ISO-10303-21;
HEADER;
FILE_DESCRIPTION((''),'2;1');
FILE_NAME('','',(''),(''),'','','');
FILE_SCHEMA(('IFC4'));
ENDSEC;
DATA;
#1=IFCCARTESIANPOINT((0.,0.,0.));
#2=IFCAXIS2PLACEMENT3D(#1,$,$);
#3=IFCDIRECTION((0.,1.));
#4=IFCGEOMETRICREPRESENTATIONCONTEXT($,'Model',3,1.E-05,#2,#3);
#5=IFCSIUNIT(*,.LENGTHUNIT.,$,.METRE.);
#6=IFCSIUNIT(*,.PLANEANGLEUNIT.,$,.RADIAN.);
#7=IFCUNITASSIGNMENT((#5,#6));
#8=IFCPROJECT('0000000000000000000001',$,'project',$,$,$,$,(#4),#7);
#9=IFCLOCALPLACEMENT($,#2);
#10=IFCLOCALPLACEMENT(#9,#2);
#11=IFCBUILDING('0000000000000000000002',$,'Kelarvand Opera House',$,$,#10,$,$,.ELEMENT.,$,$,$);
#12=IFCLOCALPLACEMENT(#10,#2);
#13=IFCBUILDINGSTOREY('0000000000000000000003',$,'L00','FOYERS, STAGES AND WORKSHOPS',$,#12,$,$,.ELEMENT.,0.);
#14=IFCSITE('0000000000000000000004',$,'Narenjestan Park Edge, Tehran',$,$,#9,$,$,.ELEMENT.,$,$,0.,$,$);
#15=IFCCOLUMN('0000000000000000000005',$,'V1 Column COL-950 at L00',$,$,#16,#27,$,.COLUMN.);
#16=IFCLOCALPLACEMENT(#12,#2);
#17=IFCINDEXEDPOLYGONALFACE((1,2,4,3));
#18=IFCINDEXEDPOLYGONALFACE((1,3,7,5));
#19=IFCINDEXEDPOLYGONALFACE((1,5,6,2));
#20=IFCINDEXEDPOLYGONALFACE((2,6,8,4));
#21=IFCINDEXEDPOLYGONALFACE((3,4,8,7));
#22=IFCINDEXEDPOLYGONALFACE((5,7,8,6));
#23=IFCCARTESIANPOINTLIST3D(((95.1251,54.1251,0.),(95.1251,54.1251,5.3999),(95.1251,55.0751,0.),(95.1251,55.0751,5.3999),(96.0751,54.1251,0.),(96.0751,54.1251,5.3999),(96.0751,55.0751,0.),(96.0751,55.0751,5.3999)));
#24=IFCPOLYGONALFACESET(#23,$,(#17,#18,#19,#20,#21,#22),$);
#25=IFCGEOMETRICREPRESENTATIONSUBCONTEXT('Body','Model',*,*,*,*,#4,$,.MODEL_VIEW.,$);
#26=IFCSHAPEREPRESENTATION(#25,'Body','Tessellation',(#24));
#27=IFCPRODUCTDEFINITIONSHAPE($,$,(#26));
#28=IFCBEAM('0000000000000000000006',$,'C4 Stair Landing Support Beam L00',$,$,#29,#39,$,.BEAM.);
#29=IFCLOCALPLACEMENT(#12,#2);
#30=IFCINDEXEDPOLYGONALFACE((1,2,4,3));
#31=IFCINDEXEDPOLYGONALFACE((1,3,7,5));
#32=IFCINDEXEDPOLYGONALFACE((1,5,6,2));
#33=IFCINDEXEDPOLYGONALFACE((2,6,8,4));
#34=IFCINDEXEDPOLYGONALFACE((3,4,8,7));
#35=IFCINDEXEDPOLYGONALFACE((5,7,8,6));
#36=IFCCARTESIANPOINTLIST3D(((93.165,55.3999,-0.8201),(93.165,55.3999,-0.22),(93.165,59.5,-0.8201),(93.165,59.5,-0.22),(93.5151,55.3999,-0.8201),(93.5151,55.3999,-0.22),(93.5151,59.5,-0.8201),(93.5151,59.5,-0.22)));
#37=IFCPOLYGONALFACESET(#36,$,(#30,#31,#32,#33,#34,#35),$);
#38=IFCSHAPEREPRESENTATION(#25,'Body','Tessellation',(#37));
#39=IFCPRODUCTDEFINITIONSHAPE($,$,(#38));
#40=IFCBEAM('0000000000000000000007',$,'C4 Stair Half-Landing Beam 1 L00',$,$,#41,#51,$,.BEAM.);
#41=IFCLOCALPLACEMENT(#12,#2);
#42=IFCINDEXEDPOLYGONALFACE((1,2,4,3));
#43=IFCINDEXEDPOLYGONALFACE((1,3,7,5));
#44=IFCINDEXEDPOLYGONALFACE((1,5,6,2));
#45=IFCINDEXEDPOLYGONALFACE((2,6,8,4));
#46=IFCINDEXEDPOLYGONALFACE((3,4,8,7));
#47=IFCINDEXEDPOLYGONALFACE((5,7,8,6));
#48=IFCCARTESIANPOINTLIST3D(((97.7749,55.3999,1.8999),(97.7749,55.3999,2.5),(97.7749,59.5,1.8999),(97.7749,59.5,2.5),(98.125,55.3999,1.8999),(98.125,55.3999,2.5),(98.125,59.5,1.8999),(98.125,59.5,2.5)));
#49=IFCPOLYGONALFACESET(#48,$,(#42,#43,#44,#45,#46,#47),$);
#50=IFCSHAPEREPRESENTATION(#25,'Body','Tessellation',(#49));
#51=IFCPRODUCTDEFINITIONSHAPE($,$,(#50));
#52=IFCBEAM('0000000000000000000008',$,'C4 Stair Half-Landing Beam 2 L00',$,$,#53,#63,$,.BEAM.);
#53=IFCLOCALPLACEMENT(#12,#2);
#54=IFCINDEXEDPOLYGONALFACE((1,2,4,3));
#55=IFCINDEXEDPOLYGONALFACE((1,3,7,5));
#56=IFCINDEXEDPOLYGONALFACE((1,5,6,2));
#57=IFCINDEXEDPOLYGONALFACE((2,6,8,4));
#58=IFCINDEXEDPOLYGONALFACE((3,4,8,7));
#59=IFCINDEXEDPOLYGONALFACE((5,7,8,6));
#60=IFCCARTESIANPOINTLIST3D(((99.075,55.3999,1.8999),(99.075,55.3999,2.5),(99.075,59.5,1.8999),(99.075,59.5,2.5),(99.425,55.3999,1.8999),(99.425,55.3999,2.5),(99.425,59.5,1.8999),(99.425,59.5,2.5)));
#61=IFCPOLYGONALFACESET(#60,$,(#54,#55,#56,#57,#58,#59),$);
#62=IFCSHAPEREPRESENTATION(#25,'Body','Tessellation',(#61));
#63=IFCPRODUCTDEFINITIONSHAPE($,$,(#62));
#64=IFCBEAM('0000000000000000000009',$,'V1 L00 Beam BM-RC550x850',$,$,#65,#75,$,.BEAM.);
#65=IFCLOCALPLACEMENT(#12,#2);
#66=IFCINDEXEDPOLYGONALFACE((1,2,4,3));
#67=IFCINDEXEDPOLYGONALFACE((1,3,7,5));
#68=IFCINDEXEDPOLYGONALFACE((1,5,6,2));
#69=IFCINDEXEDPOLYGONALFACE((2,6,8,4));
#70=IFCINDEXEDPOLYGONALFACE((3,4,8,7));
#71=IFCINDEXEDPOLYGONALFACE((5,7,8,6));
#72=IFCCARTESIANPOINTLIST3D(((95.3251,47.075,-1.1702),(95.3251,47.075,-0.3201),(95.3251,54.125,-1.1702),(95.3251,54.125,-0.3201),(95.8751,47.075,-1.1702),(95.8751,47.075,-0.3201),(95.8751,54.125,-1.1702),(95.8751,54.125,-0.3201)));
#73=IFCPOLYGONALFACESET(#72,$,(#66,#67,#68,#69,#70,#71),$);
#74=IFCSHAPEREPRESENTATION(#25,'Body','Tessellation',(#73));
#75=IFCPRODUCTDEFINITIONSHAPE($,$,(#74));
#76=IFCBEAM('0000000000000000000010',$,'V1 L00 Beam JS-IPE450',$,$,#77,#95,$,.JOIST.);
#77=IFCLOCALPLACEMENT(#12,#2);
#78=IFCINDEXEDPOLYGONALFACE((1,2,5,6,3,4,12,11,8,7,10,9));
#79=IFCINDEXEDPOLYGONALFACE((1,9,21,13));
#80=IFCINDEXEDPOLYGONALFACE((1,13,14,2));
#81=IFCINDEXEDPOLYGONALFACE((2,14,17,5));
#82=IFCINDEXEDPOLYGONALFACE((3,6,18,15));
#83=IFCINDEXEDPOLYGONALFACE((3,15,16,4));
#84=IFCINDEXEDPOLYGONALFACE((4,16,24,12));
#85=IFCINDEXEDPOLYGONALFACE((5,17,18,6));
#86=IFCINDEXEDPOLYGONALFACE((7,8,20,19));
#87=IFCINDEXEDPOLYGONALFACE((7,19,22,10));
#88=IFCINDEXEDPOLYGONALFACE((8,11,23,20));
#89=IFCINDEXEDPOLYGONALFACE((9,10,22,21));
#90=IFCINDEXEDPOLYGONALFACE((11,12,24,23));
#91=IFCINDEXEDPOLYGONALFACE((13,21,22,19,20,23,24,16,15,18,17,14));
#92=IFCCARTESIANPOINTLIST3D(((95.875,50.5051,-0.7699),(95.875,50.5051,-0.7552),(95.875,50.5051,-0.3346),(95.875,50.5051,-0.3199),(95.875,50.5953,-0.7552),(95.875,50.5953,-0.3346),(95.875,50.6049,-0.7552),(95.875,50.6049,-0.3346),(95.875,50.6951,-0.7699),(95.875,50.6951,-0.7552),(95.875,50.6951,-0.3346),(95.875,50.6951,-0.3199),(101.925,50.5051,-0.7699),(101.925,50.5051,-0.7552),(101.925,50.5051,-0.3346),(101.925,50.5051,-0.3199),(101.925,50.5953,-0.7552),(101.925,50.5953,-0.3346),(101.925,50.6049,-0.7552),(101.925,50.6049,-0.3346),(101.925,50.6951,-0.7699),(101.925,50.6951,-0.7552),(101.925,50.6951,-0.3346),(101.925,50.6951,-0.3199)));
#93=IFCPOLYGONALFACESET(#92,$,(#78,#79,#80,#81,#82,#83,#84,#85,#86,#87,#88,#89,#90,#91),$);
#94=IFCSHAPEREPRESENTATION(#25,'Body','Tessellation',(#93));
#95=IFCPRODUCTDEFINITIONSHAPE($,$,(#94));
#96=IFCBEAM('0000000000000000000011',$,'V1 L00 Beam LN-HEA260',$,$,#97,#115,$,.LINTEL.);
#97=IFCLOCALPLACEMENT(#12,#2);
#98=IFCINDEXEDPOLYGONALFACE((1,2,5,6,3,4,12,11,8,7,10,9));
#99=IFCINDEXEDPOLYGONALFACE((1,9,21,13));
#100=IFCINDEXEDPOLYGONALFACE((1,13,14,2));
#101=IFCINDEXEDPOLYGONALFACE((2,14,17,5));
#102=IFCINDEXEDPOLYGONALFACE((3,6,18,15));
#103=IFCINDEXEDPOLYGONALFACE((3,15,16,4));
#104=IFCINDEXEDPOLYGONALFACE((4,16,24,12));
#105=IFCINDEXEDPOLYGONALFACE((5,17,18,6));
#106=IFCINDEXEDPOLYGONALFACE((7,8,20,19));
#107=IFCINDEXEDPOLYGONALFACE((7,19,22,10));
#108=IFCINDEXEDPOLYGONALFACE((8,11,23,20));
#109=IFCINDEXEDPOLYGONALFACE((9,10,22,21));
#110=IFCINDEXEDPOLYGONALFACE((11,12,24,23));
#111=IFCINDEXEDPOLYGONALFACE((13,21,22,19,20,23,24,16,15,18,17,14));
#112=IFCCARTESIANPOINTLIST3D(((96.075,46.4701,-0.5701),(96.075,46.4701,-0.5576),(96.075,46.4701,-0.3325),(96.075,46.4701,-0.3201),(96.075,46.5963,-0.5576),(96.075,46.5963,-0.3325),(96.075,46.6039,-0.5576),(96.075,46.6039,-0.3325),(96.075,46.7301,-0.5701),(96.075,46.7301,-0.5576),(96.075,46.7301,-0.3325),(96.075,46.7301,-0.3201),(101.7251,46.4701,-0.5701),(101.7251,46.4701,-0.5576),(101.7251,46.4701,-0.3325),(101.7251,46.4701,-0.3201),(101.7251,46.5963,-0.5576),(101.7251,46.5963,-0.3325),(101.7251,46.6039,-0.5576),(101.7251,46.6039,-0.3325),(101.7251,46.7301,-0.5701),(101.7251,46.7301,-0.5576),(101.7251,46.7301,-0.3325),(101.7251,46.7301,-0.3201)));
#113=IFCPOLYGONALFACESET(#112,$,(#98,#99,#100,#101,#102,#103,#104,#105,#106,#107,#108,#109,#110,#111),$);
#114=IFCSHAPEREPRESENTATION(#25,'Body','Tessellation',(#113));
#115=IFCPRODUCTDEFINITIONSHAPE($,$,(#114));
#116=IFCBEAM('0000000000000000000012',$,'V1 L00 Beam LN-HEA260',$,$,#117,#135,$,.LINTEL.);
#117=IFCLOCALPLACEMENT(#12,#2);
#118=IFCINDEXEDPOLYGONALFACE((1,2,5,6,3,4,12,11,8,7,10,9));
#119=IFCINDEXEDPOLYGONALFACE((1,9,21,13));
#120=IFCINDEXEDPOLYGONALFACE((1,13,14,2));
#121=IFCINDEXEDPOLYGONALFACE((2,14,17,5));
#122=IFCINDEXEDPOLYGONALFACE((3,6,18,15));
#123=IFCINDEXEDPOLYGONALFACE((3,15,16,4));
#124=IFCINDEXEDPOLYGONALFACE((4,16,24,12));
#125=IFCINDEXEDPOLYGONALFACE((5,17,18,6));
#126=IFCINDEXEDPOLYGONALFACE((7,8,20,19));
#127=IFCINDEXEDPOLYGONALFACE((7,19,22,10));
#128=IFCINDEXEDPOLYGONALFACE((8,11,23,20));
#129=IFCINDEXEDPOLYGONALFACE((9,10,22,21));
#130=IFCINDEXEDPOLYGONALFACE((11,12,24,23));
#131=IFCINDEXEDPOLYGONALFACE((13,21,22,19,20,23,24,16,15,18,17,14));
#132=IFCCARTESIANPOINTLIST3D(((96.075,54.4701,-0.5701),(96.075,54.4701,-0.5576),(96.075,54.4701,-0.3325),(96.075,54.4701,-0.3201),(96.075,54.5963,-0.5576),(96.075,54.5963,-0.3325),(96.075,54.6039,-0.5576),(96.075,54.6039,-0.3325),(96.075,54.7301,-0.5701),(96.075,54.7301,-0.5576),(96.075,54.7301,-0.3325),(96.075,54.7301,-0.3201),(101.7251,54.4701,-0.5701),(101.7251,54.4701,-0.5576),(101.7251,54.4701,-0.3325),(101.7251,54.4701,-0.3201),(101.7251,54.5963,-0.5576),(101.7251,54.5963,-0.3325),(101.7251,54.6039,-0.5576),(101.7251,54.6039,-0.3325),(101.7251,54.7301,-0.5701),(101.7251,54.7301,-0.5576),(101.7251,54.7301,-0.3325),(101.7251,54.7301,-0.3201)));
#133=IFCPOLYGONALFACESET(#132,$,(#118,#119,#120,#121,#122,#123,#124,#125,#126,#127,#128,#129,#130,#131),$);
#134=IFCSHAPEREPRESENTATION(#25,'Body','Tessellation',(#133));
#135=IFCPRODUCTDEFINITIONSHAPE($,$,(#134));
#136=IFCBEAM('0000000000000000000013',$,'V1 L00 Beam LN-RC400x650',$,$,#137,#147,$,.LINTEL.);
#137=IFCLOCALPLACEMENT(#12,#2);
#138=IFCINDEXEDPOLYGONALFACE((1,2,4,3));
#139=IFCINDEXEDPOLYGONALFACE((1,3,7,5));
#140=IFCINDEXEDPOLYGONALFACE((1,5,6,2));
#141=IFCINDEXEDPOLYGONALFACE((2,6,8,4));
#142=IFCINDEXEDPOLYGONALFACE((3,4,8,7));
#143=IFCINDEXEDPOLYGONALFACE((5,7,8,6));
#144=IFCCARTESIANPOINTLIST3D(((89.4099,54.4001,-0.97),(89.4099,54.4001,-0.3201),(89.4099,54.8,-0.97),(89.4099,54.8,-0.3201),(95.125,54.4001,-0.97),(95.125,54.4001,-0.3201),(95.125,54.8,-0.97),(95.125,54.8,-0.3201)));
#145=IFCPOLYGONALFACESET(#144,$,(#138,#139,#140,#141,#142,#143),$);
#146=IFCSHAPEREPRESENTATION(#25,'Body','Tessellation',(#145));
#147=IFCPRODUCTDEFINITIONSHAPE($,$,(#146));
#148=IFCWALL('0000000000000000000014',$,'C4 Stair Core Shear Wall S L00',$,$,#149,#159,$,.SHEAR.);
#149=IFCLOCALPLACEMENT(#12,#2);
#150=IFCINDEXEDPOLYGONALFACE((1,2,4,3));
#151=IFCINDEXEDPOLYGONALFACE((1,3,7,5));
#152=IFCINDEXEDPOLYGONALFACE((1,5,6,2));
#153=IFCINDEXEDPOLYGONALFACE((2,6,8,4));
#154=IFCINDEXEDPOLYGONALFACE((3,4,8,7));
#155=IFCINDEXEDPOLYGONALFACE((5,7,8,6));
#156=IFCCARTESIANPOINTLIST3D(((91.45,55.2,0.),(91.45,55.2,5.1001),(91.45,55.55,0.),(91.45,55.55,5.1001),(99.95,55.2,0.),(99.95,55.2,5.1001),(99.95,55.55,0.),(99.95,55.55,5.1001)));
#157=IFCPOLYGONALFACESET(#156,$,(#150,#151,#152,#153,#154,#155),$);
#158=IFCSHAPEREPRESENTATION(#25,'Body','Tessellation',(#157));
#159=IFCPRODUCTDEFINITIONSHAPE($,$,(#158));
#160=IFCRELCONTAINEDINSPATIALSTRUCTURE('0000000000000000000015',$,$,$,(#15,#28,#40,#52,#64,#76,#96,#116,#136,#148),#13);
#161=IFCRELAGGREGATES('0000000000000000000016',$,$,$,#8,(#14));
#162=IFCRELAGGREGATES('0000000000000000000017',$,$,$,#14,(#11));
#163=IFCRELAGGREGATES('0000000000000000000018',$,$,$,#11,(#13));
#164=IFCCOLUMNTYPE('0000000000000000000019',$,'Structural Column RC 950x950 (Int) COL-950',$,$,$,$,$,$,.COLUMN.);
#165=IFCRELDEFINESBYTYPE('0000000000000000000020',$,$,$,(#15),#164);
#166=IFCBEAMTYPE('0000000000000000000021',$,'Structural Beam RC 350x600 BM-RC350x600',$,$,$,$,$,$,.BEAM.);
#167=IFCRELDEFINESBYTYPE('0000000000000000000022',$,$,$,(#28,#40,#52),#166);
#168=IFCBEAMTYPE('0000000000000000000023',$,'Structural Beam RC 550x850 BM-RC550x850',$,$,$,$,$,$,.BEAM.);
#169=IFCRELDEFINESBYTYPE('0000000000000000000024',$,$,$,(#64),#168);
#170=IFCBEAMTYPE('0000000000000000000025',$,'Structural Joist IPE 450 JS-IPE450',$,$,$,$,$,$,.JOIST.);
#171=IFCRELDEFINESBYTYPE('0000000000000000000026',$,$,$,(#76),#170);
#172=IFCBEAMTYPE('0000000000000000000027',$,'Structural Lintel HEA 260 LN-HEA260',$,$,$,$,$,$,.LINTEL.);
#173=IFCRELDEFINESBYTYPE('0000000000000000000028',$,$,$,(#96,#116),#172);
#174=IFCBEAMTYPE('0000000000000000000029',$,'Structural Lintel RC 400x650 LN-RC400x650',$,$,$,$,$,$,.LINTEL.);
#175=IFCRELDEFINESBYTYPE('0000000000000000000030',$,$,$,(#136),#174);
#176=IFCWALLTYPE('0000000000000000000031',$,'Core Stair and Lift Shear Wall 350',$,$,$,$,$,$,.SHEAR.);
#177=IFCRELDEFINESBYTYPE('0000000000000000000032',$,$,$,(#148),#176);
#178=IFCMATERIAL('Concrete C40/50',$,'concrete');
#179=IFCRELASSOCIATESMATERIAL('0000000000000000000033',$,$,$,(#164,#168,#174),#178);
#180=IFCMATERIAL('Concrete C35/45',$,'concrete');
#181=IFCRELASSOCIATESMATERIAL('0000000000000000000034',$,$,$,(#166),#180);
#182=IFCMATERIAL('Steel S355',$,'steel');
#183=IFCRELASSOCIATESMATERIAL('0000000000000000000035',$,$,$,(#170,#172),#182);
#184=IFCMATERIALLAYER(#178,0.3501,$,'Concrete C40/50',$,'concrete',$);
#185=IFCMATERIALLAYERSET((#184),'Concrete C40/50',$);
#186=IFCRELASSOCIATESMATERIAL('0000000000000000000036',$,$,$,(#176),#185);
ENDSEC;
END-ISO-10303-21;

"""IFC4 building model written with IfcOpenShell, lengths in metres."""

from ifc_helpers import new_model, si_unit, direction, frame, frame_2d, origin, origin_2d, place, context, subcontext, project, spatial, rectangle, i_section, extrude, material, layer, layer_set, material_profile, profile_set, type_object, element, save


model = new_model("IFC4")

# Units and contexts
model_context = context("Model", 3, precision=1e-05, world=origin(), true_north=direction((0.0, 1.0)))
body_context = subcontext(model_context, "Body", "Model", "MODEL_VIEW")
ifc_project = project(units=[si_unit("LENGTHUNIT", "METRE"), si_unit("PLANEANGLEUNIT", "RADIAN")], contexts=[model_context])

# Site, building, storey
site_placement = place(None, origin())
site = spatial("IfcSite", under=ifc_project, at=site_placement, Name="Narenjestan Park Edge, Tehran", CompositionType="ELEMENT", RefElevation=0.0)
building_placement = place(site_placement, origin())
building = spatial("IfcBuilding", under=site, at=building_placement, Name="Kelarvand Opera House", CompositionType="ELEMENT")
storey_placement = place(building_placement, origin())
storey = spatial("IfcBuildingStorey", under=building, at=storey_placement, Name="L00", Description="FOYERS, STAGES AND WORKSHOPS", CompositionType="ELEMENT", Elevation=0.0)

# Column
ifc_material_1 = material(Name="Concrete C40/50", Category="concrete")
ifc_material_profile_1 = material_profile(ifc_material_1, rectangle(XDim=0.95, YDim=0.95, at=origin_2d()), Name="RC 950x950", Category="concrete")
ifc_profile_set_1 = profile_set([ifc_material_profile_1], Name="Concrete C40/50")
column_type = type_object("IfcColumnType", Name="Structural Column RC 950x950 (Int) COL-950", PredefinedType="COLUMN", material=ifc_profile_set_1)
column_placement = place(storey_placement, frame((95.6001, 54.6001, 0.0), z_axis=(0.0, 0.0, 1.0), x_axis=(1.0, 0.0, 0.0)))
element("IfcColumn", 1, at=column_placement, inside=storey, type_object=column_type, Name="V1 Column COL-950 at L00", PredefinedType="COLUMN", context=body_context, shape_type="SweptSolid", body=[
    extrude(rectangle(XDim=0.95, YDim=0.95, at=origin_2d()), origin(), (0.0, 0.0, 1.0), 5.3999),
])

# Beams
ifc_material_2 = material(Name="Concrete C35/45", Category="concrete")
ifc_material_profile_2 = material_profile(ifc_material_2, rectangle(XDim=0.3501, YDim=0.6001, at=origin_2d()), Name="RC 350x600", Category="concrete")
ifc_profile_set_2 = profile_set([ifc_material_profile_2], Name="Concrete C35/45")
beam_type_1 = type_object("IfcBeamType", Name="Structural Beam RC 350x600 BM-RC350x600", PredefinedType="BEAM", material=ifc_profile_set_2)
for number, where, z_axis, x_axis, name in (
    (2, (93.3401, 55.3999, -0.52), (0.0, 1.0, 0.0), (-1.0, 0.0, 0.0), "C4 Stair Landing Support Beam L00"),
    (3, (97.95, 55.3999, 2.2), (0.0, 1.0, 0.0), (-1.0, 0.0, 0.0), "C4 Stair Half-Landing Beam 1 L00"),
    (4, (99.25, 55.3999, 2.2), (0.0, 1.0, 0.0), (-1.0, 0.0, 0.0), "C4 Stair Half-Landing Beam 2 L00"),
):
    element("IfcBeam", number, at=place(storey_placement, frame(where, z_axis=z_axis, x_axis=x_axis)), inside=storey, type_object=beam_type_1, Name=name, PredefinedType="BEAM", context=body_context, shape_type="SweptSolid", body=[
        extrude(rectangle(XDim=0.3501, YDim=0.6001, at=origin_2d()), origin(), (0.0, 0.0, 1.0), 4.1001),
    ])
ifc_material_profile_3 = material_profile(ifc_material_1, rectangle(XDim=0.55, YDim=0.8501, at=origin_2d()), Name="RC 550x850", Category="concrete")
ifc_profile_set_3 = profile_set([ifc_material_profile_3], Name="Concrete C40/50")
beam_type_2 = type_object("IfcBeamType", Name="Structural Beam RC 550x850 BM-RC550x850", PredefinedType="BEAM", material=ifc_profile_set_3)
beam_1_placement = place(storey_placement, frame((95.6001, 47.075, -0.7451), z_axis=(0.0, 1.0, 0.0), x_axis=(-1.0, 0.0, 0.0)))
element("IfcBeam", 5, at=beam_1_placement, inside=storey, type_object=beam_type_2, Name="V1 L00 Beam BM-RC550x850", PredefinedType="BEAM", context=body_context, shape_type="SweptSolid", body=[
    extrude(rectangle(XDim=0.55, YDim=0.8501, at=origin_2d()), origin(), (0.0, 0.0, 1.0), 7.05),
])
ifc_material_3 = material(Name="Steel S355", Category="steel")
ifc_material_profile_4 = material_profile(ifc_material_3, i_section(OverallWidth=0.1899, OverallDepth=0.45, WebThickness=0.0095, FlangeThickness=0.0146, at=origin_2d()), Name="IPE 450", Category="steel")
ifc_profile_set_4 = profile_set([ifc_material_profile_4], Name="Steel S355")
beam_type_3 = type_object("IfcBeamType", Name="Structural Joist IPE 450 JS-IPE450", PredefinedType="JOIST", material=ifc_profile_set_4)
beam_2_placement = place(storey_placement, frame((95.875, 50.6001, -0.5449), z_axis=(1.0, 0.0, 0.0), x_axis=(0.0, 1.0, 0.0)))
element("IfcBeam", 6, at=beam_2_placement, inside=storey, type_object=beam_type_3, Name="V1 L00 Beam JS-IPE450", PredefinedType="JOIST", context=body_context, shape_type="SweptSolid", body=[
    extrude(i_section(OverallWidth=0.1899, OverallDepth=0.45, WebThickness=0.0095, FlangeThickness=0.0146, at=origin_2d()), origin(), (0.0, 0.0, 1.0), 6.05),
])
ifc_material_profile_5 = material_profile(ifc_material_3, i_section(OverallWidth=0.26, OverallDepth=0.25, WebThickness=0.0076, FlangeThickness=0.0125, at=origin_2d()), Name="HEA 260", Category="steel")
ifc_profile_set_5 = profile_set([ifc_material_profile_5], Name="Steel S355")
beam_type_4 = type_object("IfcBeamType", Name="Structural Lintel HEA 260 LN-HEA260", PredefinedType="LINTEL", material=ifc_profile_set_5)
for number, where, z_axis, x_axis, name in (
    (7, (96.075, 46.6001, -0.4451), (1.0, 0.0, 0.0), (0.0, 1.0, 0.0), "V1 L00 Beam LN-HEA260"),
    (8, (96.075, 54.6001, -0.4451), (1.0, 0.0, 0.0), (0.0, 1.0, 0.0), "V1 L00 Beam LN-HEA260"),
):
    element("IfcBeam", number, at=place(storey_placement, frame(where, z_axis=z_axis, x_axis=x_axis)), inside=storey, type_object=beam_type_4, Name=name, PredefinedType="LINTEL", context=body_context, shape_type="SweptSolid", body=[
        extrude(i_section(OverallWidth=0.26, OverallDepth=0.25, WebThickness=0.0076, FlangeThickness=0.0125, at=origin_2d()), origin(), (0.0, 0.0, 1.0), 5.6501),
    ])
ifc_material_profile_6 = material_profile(ifc_material_1, rectangle(XDim=0.3999, YDim=0.6499, at=origin_2d()), Name="RC 400x650", Category="concrete")
ifc_profile_set_6 = profile_set([ifc_material_profile_6], Name="Concrete C40/50")
beam_type_5 = type_object("IfcBeamType", Name="Structural Lintel RC 400x650 LN-RC400x650", PredefinedType="LINTEL", material=ifc_profile_set_6)
beam_3_placement = place(storey_placement, frame((89.4099, 54.6001, -0.645), z_axis=(1.0, 0.0, 0.0), x_axis=(0.0, 1.0, 0.0)))
element("IfcBeam", 9, at=beam_3_placement, inside=storey, type_object=beam_type_5, Name="V1 L00 Beam LN-RC400x650", PredefinedType="LINTEL", context=body_context, shape_type="SweptSolid", body=[
    extrude(rectangle(XDim=0.3999, YDim=0.6499, at=origin_2d()), origin(), (0.0, 0.0, 1.0), 5.7151),
])

# Wall
ifc_layer_1 = layer(ifc_material_1, 0.3501, Name="Concrete C40/50", Category="concrete")
ifc_layer_set_1 = layer_set([ifc_layer_1], Name="Concrete C40/50")
wall_type_1 = type_object("IfcWallType", Name="Core Stair and Lift Shear Wall 350", PredefinedType="SHEAR", material=ifc_layer_set_1)
wall_1_placement = place(storey_placement, frame((91.45, 55.375, 0.0), z_axis=(0.0, 0.0, 1.0), x_axis=(1.0, 0.0, 0.0)))
element("IfcWall", 10, at=wall_1_placement, inside=storey, type_object=wall_type_1, Name="C4 Stair Core Shear Wall S L00", PredefinedType="SHEAR", context=body_context, shape_type="SweptSolid", body=[
    extrude(rectangle(XDim=8.5, YDim=0.3501, at=frame_2d((4.25, 0.0))), origin(), (0.0, 0.0, 1.0), 5.1001),
])

save(model, "model.ifc")
